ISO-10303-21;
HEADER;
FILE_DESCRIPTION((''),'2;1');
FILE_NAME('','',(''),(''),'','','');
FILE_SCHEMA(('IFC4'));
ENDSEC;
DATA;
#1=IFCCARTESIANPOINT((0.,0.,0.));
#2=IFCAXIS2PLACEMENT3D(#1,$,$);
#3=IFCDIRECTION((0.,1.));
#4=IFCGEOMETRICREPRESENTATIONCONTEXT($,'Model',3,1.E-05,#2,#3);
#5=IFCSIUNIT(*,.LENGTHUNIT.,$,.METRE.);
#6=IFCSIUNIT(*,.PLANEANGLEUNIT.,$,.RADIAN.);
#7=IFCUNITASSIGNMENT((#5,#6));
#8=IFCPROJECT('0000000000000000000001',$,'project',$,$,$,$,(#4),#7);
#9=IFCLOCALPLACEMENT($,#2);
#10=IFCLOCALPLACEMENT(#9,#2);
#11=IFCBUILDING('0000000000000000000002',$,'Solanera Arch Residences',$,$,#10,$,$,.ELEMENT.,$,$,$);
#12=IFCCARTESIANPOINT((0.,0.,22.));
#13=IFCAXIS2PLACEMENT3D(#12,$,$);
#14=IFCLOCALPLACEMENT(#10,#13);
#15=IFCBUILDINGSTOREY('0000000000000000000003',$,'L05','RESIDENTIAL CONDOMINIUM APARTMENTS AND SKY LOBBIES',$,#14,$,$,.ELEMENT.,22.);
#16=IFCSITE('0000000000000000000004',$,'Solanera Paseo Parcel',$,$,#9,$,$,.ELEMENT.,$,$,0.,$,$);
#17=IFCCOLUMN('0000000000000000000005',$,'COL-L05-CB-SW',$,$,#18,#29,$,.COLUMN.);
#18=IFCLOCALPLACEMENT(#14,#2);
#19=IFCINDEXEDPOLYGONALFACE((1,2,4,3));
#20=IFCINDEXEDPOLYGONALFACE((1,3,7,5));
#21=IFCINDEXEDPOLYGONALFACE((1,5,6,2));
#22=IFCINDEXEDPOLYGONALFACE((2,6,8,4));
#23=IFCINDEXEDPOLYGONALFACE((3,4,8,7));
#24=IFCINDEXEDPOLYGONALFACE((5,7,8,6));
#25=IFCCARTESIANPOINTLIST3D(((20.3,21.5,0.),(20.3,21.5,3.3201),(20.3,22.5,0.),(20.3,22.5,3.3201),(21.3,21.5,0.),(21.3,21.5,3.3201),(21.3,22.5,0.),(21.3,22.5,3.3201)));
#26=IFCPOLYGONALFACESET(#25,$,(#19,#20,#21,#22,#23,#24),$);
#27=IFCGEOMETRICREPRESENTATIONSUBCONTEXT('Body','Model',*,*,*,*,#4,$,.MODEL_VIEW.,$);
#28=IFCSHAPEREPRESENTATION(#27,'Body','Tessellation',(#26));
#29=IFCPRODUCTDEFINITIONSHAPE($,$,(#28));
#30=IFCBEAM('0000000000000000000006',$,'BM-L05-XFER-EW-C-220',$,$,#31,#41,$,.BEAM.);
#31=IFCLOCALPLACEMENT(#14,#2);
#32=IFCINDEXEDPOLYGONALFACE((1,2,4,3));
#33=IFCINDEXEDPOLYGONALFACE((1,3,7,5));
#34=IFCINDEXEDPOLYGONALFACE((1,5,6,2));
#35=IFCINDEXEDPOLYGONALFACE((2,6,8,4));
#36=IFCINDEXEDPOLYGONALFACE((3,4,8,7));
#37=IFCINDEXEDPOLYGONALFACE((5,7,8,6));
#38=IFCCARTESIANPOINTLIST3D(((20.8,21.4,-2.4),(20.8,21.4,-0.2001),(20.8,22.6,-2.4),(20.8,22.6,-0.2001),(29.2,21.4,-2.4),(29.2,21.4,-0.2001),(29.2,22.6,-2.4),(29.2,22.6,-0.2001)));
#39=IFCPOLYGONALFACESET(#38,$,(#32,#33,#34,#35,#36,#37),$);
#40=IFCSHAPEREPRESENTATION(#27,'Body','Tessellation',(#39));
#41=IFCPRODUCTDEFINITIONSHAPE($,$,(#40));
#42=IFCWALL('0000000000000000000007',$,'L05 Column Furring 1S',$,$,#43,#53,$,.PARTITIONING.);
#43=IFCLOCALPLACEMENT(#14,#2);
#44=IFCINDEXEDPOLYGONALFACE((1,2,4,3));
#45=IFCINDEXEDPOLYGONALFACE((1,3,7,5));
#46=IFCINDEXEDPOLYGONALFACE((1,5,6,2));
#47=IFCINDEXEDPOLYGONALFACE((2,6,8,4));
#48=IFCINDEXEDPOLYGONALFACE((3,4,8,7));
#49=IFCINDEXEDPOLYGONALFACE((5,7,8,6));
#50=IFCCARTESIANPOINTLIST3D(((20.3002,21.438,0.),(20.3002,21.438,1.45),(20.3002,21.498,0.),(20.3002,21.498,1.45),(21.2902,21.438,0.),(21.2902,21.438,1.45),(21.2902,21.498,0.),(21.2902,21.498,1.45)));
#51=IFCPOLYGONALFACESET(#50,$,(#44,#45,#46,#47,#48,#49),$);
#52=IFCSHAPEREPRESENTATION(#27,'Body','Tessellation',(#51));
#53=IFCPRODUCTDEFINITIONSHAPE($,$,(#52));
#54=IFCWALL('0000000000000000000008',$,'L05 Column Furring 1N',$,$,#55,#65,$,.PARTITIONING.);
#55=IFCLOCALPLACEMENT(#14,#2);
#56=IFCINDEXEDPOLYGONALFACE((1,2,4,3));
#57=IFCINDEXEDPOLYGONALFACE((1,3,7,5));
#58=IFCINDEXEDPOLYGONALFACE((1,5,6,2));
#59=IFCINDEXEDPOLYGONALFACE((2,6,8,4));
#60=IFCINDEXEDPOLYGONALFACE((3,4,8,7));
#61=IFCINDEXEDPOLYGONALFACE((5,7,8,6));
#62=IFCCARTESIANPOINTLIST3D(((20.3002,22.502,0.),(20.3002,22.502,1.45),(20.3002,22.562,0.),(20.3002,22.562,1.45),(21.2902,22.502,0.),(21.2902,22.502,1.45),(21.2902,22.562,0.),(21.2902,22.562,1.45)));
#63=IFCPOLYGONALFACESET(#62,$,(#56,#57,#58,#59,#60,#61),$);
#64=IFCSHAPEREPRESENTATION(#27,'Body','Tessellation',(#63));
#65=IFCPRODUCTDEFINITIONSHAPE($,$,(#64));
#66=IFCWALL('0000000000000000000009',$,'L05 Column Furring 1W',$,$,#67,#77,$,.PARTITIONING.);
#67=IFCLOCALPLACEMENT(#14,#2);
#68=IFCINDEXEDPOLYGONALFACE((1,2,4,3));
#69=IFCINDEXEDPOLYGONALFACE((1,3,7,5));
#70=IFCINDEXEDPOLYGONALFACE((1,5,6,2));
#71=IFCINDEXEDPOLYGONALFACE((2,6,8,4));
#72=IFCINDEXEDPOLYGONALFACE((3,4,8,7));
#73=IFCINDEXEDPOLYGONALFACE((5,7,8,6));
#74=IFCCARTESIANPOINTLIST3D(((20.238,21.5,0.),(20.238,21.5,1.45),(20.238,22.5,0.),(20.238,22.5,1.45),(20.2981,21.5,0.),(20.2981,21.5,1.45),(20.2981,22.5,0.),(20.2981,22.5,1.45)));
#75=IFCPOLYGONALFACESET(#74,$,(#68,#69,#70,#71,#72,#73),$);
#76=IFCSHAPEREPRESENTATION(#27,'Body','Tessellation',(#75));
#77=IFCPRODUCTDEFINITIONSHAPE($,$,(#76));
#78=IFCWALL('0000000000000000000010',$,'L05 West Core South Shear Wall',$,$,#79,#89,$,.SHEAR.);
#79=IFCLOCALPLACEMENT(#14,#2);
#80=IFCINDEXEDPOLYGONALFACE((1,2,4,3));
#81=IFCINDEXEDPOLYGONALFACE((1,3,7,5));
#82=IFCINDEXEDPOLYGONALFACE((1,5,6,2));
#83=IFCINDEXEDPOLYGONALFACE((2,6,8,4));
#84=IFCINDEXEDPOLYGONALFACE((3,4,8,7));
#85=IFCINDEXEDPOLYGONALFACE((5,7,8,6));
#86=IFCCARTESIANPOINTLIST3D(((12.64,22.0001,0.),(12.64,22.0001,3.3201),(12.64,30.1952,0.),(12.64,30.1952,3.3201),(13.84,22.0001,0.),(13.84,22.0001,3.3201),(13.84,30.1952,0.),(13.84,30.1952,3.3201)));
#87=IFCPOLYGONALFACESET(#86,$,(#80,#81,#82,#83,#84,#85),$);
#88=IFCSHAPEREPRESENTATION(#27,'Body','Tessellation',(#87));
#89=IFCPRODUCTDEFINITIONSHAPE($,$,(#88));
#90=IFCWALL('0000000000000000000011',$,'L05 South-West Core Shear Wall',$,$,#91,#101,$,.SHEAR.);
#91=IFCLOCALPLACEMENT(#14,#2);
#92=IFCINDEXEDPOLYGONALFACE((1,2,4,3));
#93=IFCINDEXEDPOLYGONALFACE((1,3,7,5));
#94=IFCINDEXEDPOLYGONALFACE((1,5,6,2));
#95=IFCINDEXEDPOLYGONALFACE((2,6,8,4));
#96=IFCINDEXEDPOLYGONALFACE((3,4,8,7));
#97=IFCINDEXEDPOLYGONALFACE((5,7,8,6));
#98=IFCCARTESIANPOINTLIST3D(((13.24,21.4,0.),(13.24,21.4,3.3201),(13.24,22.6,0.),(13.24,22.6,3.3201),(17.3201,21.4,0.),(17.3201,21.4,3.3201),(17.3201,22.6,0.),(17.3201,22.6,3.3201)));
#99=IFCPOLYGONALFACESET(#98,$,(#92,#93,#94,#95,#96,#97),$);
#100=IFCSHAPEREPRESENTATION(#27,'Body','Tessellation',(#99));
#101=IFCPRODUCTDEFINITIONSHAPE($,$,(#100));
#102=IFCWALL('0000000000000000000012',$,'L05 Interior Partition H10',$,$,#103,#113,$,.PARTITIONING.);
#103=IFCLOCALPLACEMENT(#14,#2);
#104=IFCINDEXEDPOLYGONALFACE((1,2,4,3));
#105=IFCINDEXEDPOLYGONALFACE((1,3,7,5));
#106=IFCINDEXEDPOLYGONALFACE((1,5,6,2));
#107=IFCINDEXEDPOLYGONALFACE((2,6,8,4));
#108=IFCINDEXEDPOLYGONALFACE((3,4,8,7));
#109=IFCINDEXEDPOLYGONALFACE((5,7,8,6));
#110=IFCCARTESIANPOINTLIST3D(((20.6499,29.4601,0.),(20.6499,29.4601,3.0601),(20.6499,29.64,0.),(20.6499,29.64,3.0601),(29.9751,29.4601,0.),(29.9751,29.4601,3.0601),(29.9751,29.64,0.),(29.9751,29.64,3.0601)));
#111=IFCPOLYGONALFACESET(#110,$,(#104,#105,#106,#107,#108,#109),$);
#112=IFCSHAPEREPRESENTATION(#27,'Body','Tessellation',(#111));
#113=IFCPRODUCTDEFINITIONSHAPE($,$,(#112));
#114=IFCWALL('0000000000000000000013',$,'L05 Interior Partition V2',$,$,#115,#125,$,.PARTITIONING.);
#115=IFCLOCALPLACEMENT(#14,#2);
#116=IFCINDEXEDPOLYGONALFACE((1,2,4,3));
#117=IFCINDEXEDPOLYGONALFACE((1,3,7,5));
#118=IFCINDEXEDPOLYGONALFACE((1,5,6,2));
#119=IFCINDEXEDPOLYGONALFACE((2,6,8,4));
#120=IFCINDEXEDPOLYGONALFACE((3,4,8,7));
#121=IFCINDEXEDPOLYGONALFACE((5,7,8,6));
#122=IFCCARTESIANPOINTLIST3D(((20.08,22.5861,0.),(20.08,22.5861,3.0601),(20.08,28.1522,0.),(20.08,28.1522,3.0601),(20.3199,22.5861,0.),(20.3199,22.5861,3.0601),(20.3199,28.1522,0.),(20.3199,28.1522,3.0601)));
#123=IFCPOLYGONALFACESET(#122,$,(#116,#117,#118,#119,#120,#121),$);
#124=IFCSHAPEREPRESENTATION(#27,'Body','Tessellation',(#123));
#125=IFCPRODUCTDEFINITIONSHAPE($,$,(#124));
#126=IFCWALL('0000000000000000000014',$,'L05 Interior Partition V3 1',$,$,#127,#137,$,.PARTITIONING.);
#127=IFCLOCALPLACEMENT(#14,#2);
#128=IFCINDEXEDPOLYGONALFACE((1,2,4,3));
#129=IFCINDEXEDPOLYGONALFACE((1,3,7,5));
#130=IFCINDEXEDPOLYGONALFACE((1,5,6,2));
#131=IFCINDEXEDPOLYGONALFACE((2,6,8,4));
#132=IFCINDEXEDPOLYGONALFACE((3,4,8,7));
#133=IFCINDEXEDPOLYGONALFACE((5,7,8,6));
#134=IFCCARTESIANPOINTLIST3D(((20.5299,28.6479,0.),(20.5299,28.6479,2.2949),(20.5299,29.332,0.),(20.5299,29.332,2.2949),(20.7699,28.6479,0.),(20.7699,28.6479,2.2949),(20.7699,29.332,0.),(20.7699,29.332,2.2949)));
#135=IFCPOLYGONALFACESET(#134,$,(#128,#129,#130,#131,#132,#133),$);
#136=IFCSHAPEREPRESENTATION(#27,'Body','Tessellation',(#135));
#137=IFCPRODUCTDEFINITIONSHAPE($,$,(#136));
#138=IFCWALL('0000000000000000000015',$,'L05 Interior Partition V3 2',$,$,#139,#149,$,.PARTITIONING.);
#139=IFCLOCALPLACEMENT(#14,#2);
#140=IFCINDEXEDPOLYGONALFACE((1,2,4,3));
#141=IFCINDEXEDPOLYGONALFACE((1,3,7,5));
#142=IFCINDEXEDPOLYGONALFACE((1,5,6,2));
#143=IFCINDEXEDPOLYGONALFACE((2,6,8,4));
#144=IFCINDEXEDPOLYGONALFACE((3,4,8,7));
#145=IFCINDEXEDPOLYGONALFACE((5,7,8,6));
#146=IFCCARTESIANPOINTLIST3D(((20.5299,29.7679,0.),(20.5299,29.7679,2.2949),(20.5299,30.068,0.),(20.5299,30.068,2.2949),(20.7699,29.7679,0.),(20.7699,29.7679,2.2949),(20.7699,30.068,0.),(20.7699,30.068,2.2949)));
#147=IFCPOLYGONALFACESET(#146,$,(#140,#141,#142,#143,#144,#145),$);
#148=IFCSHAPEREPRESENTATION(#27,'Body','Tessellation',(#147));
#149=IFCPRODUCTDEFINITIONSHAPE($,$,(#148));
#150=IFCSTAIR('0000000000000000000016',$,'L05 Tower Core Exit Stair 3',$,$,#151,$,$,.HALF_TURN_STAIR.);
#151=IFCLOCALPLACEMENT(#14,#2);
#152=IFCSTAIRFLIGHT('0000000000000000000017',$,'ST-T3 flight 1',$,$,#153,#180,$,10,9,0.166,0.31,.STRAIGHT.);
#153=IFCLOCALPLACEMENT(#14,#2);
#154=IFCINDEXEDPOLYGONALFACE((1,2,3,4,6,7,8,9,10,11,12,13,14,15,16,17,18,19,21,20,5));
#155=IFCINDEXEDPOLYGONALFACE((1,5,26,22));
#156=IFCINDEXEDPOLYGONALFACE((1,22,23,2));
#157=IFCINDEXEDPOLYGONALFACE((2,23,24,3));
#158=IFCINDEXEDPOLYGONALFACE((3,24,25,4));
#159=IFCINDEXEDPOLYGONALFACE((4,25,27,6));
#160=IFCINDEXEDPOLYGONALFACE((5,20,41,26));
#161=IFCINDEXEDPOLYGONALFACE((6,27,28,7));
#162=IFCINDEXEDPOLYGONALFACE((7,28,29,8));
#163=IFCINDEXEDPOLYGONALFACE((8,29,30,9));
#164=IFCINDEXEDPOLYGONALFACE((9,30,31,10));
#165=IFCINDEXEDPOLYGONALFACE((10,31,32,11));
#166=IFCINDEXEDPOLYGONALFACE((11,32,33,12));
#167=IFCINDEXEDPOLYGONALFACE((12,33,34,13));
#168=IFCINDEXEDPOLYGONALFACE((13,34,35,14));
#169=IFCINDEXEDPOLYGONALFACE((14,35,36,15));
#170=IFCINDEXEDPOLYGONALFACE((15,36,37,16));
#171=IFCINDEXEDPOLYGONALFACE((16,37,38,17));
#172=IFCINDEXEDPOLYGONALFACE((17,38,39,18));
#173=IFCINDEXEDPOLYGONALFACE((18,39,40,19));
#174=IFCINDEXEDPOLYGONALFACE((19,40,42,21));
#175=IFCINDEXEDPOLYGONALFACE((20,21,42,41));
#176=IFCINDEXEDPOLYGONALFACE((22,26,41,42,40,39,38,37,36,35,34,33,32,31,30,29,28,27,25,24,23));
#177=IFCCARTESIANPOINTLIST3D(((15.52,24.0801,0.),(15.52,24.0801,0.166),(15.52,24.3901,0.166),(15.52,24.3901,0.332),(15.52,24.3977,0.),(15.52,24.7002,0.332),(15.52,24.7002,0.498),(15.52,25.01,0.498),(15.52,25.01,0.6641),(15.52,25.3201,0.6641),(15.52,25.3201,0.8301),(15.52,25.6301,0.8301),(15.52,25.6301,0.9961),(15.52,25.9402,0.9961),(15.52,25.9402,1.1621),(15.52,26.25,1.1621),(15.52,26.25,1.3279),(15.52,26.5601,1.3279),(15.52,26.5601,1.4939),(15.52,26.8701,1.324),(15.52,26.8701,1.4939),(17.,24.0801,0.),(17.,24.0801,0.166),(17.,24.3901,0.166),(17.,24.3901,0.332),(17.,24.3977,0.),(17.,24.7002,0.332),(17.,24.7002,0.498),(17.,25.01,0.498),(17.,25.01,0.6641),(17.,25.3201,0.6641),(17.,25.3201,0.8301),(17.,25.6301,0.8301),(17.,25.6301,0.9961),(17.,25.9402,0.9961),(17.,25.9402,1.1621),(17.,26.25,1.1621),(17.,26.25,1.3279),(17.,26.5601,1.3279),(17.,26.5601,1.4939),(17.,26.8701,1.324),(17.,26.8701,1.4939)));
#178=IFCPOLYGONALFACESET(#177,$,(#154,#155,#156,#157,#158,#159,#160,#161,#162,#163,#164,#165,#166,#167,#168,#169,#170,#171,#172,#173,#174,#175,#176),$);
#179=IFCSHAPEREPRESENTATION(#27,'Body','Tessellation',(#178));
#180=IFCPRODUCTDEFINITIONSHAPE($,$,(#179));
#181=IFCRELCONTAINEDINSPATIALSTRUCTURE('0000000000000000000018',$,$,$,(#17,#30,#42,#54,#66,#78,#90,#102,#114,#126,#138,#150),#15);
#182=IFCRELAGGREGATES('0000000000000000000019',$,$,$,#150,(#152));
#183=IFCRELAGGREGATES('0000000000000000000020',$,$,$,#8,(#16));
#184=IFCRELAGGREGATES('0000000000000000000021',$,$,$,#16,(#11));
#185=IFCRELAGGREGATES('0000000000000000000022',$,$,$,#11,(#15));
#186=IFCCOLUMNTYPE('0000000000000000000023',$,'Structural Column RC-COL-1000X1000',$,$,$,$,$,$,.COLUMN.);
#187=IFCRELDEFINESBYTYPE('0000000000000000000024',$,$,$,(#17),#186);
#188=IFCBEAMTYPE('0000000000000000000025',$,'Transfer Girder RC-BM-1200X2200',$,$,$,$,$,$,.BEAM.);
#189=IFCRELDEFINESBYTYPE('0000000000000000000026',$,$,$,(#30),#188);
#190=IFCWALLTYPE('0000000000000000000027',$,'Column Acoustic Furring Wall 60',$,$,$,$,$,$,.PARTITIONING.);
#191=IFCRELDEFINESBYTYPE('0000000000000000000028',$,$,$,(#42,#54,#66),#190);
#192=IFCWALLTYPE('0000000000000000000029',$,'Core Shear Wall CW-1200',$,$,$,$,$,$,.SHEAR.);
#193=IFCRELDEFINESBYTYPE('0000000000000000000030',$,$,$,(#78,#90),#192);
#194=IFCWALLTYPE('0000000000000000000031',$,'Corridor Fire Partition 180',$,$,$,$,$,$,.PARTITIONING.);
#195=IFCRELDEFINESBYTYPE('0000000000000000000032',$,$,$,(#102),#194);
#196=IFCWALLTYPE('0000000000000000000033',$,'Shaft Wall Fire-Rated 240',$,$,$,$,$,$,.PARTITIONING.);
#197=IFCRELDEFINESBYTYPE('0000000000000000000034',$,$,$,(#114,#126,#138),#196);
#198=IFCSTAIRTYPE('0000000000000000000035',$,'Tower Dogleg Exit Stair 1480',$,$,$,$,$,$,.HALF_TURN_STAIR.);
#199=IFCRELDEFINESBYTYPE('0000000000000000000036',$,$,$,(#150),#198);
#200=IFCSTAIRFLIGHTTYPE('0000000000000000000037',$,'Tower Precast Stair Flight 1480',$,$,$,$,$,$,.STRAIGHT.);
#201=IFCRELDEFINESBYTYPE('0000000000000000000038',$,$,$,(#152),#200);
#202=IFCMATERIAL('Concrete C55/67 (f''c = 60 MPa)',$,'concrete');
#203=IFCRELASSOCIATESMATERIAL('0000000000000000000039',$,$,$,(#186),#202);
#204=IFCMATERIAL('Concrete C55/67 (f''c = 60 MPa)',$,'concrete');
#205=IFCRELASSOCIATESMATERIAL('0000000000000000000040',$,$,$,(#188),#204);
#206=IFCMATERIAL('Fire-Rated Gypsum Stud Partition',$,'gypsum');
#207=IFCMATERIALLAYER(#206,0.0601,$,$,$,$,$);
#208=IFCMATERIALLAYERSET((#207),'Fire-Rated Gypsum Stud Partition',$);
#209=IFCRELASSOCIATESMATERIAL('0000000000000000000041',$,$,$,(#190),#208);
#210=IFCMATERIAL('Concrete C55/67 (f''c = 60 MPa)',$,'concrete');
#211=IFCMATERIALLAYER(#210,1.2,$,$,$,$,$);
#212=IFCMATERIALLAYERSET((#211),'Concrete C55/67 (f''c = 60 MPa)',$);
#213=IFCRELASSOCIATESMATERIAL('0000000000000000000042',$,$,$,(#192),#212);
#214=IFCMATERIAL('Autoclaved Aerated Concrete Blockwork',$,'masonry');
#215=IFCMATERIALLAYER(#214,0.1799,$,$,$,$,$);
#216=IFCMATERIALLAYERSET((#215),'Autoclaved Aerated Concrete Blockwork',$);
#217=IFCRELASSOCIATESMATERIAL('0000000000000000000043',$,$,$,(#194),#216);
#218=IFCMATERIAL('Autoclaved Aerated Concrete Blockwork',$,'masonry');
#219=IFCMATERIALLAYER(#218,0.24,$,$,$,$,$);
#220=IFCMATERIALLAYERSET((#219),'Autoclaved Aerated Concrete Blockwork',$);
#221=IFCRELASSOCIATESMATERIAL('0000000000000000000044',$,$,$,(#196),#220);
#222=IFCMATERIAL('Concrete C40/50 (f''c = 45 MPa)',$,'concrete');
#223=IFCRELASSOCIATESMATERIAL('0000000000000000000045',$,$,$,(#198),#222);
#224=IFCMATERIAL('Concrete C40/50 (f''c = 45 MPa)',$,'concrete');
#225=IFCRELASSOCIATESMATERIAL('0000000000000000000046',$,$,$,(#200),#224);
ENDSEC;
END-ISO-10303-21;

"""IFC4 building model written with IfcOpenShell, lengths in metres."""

from ifc_helpers import new_model, si_unit, direction, frame, frame_2d, origin, origin_2d, place, context, subcontext, project, spatial, polyline, rectangle, outline, extrude, material, layer, layer_set, material_profile, profile_set, type_object, element, aggregate, save


model = new_model("IFC4")

# Units and contexts
model_context = context("Model", 3, precision=1e-05, world=origin(), true_north=direction((0.0, 1.0)))
body_context = subcontext(model_context, "Body", "Model", "MODEL_VIEW")
ifc_project = project(units=[si_unit("LENGTHUNIT", "METRE"), si_unit("PLANEANGLEUNIT", "RADIAN")], contexts=[model_context])

# Site, building, storey
site_placement = place(None, origin())
site = spatial("IfcSite", under=ifc_project, at=site_placement, Name="Solanera Paseo Parcel", CompositionType="ELEMENT", RefElevation=0.0)
building_placement = place(site_placement, origin())
building = spatial("IfcBuilding", under=site, at=building_placement, Name="Solanera Arch Residences", CompositionType="ELEMENT")
storey_placement = place(building_placement, frame((0.0, 0.0, 22.0)))
storey = spatial("IfcBuildingStorey", under=building, at=storey_placement, Name="L05", Description="RESIDENTIAL CONDOMINIUM APARTMENTS AND SKY LOBBIES", CompositionType="ELEMENT", Elevation=22.0)

# Column
ifc_material_1 = material(Name="Concrete C55/67 (f'c = 60 MPa)", Category="concrete")
ifc_material_profile_1 = material_profile(ifc_material_1, rectangle(XDim=1.0, YDim=1.0, at=origin_2d()))
ifc_profile_set_1 = profile_set([ifc_material_profile_1], Name="Concrete C55/67 (f'c = 60 MPa)")
column_type = type_object("IfcColumnType", Name="Structural Column RC-COL-1000X1000", PredefinedType="COLUMN", material=ifc_profile_set_1)
column_placement = place(storey_placement, frame((20.8, 22.0, 0.0), z_axis=(0.0, 0.0, 1.0), x_axis=(1.0, 0.0, 0.0)))
element("IfcColumn", 1, at=column_placement, inside=storey, type_object=column_type, Name="COL-L05-CB-SW", PredefinedType="COLUMN", context=body_context, shape_type="SweptSolid", body=[
    extrude(rectangle(XDim=1.0, YDim=1.0, at=origin_2d()), origin(), (0.0, 0.0, 1.0), 3.3201),
])

# Beam
ifc_material_2 = material(Name="Concrete C55/67 (f'c = 60 MPa)", Category="concrete")
ifc_material_profile_2 = material_profile(ifc_material_2, rectangle(XDim=1.2, YDim=2.2, at=origin_2d()))
ifc_profile_set_2 = profile_set([ifc_material_profile_2], Name="Concrete C55/67 (f'c = 60 MPa)")
beam_type = type_object("IfcBeamType", Name="Transfer Girder RC-BM-1200X2200", PredefinedType="BEAM", material=ifc_profile_set_2)
beam_placement = place(storey_placement, frame((20.8, 22.0, -1.3), z_axis=(1.0, 0.0, 0.0), x_axis=(0.0, 1.0, 0.0)))
element("IfcBeam", 2, at=beam_placement, inside=storey, type_object=beam_type, Name="BM-L05-XFER-EW-C-220", PredefinedType="BEAM", context=body_context, shape_type="SweptSolid", body=[
    extrude(rectangle(XDim=1.2, YDim=2.2, at=origin_2d()), origin(), (0.0, 0.0, 1.0), 8.3999),
])

# Walls
ifc_material_3 = material(Name="Fire-Rated Gypsum Stud Partition", Category="gypsum")
ifc_layer_1 = layer(ifc_material_3, 0.0601)
ifc_layer_set_1 = layer_set([ifc_layer_1], Name="Fire-Rated Gypsum Stud Partition")
wall_type_1 = type_object("IfcWallType", Name="Column Acoustic Furring Wall 60", PredefinedType="PARTITIONING", material=ifc_layer_set_1)
for number, where, z_axis, x_axis, name in (
    (3, (20.3, 21.468, 0.0), (0.0, 0.0, 1.0), (1.0, 0.0, 0.0), "L05 Column Furring 1S"),
    (4, (20.3, 22.532, 0.0), (0.0, 0.0, 1.0), (1.0, 0.0, 0.0), "L05 Column Furring 1N"),
):
    element("IfcWall", number, at=place(storey_placement, frame(where, z_axis=z_axis, x_axis=x_axis)), inside=storey, type_object=wall_type_1, Name=name, PredefinedType="PARTITIONING", context=body_context, shape_type="SweptSolid", body=[
        extrude(rectangle(XDim=0.99, YDim=0.0601, at=frame_2d((0.4951, 0.0))), origin(), (0.0, 0.0, 1.0), 1.45),
    ])
wall_1_placement = place(storey_placement, frame((20.2681, 21.5, 0.0), z_axis=(0.0, 0.0, 1.0), x_axis=(0.0, 1.0, 0.0)))
element("IfcWall", 5, at=wall_1_placement, inside=storey, type_object=wall_type_1, Name="L05 Column Furring 1W", PredefinedType="PARTITIONING", context=body_context, shape_type="SweptSolid", body=[
    extrude(rectangle(XDim=1.0, YDim=0.0601, at=frame_2d((0.5, 0.0))), origin(), (0.0, 0.0, 1.0), 1.45),
])
ifc_material_4 = material(Name="Concrete C55/67 (f'c = 60 MPa)", Category="concrete")
ifc_layer_2 = layer(ifc_material_4, 1.2)
ifc_layer_set_2 = layer_set([ifc_layer_2], Name="Concrete C55/67 (f'c = 60 MPa)")
wall_type_2 = type_object("IfcWallType", Name="Core Shear Wall CW-1200", PredefinedType="SHEAR", material=ifc_layer_set_2)
wall_2_placement = place(storey_placement, frame((13.24, 22.0, 0.0), z_axis=(0.0, 0.0, 1.0), x_axis=(0.0, 1.0, 0.0)))
element("IfcWall", 6, at=wall_2_placement, inside=storey, type_object=wall_type_2, Name="L05 West Core South Shear Wall", PredefinedType="SHEAR", context=body_context, shape_type="SweptSolid", body=[
    extrude(rectangle(XDim=8.1951, YDim=1.2, at=frame_2d((4.0977, 0.0))), origin(), (0.0, 0.0, 1.0), 3.3201),
])
wall_3_placement = place(storey_placement, frame((13.24, 22.0, 0.0), z_axis=(0.0, 0.0, 1.0), x_axis=(1.0, 0.0, 0.0)))
element("IfcWall", 7, at=wall_3_placement, inside=storey, type_object=wall_type_2, Name="L05 South-West Core Shear Wall", PredefinedType="SHEAR", context=body_context, shape_type="SweptSolid", body=[
    extrude(rectangle(XDim=4.0801, YDim=1.2, at=frame_2d((2.04, 0.0))), origin(), (0.0, 0.0, 1.0), 3.3201),
])

# Wall
ifc_material_5 = material(Name="Autoclaved Aerated Concrete Blockwork", Category="masonry")
ifc_layer_3 = layer(ifc_material_5, 0.1799)
ifc_layer_set_3 = layer_set([ifc_layer_3], Name="Autoclaved Aerated Concrete Blockwork")
wall_type_3 = type_object("IfcWallType", Name="Corridor Fire Partition 180", PredefinedType="PARTITIONING", material=ifc_layer_set_3)
wall_4_placement = place(storey_placement, frame((20.6499, 29.55, 0.0), z_axis=(0.0, 0.0, 1.0), x_axis=(1.0, 0.0, 0.0)))
element("IfcWall", 8, at=wall_4_placement, inside=storey, type_object=wall_type_3, Name="L05 Interior Partition H10", PredefinedType="PARTITIONING", context=body_context, shape_type="SweptSolid", body=[
    extrude(rectangle(XDim=9.3252, YDim=0.1799, at=frame_2d((4.6626, 0.0))), origin(), (0.0, 0.0, 1.0), 3.0601),
])

# Shared definitions
ifc_material_6 = material(Name="Autoclaved Aerated Concrete Blockwork", Category="masonry")
ifc_layer_4 = layer(ifc_material_6, 0.24)
ifc_layer_set_4 = layer_set([ifc_layer_4], Name="Autoclaved Aerated Concrete Blockwork")
wall_type_4 = type_object("IfcWallType", Name="Shaft Wall Fire-Rated 240", PredefinedType="PARTITIONING", material=ifc_layer_set_4)

# Walls
wall_5_placement = place(storey_placement, frame((20.2, 22.5859, 0.0), z_axis=(0.0, 0.0, 1.0), x_axis=(0.0, 1.0, 0.0)))
element("IfcWall", 9, at=wall_5_placement, inside=storey, type_object=wall_type_4, Name="L05 Interior Partition V2", PredefinedType="PARTITIONING", context=body_context, shape_type="SweptSolid", body=[
    extrude(rectangle(XDim=5.5662, YDim=0.24, at=frame_2d((2.7832, 0.0))), origin(), (0.0, 0.0, 1.0), 3.0601),
])
wall_6_placement = place(storey_placement, frame((20.6499, 28.6479, 0.0), z_axis=(0.0, 0.0, 1.0), x_axis=(0.0, 1.0, 0.0)))
element("IfcWall", 10, at=wall_6_placement, inside=storey, type_object=wall_type_4, Name="L05 Interior Partition V3 1", PredefinedType="PARTITIONING", context=body_context, shape_type="SweptSolid", body=[
    extrude(rectangle(XDim=0.6841, YDim=0.24, at=frame_2d((0.342, 0.0))), origin(), (0.0, 0.0, 1.0), 2.2949),
])
wall_7_placement = place(storey_placement, frame((20.6499, 29.7681, 0.0), z_axis=(0.0, 0.0, 1.0), x_axis=(0.0, 1.0, 0.0)))
element("IfcWall", 11, at=wall_7_placement, inside=storey, type_object=wall_type_4, Name="L05 Interior Partition V3 2", PredefinedType="PARTITIONING", context=body_context, shape_type="SweptSolid", body=[
    extrude(rectangle(XDim=0.3, YDim=0.24, at=frame_2d((0.1499, 0.0))), origin(), (0.0, 0.0, 1.0), 2.2949),
])

# Stair, stair flight
ifc_material_7 = material(Name="Concrete C40/50 (f'c = 45 MPa)", Category="concrete")
stair_type = type_object("IfcStairType", Name="Tower Dogleg Exit Stair 1480", PredefinedType="HALF_TURN_STAIR", material=ifc_material_7)
stair_placement = place(storey_placement, origin())
stair = element("IfcStair", 12, at=stair_placement, inside=storey, type_object=stair_type, Name="L05 Tower Core Exit Stair 3", PredefinedType="HALF_TURN_STAIR")
ifc_material_8 = material(Name="Concrete C40/50 (f'c = 45 MPa)", Category="concrete")
stair_flight_type = type_object("IfcStairFlightType", Name="Tower Precast Stair Flight 1480", PredefinedType="STRAIGHT", material=ifc_material_8)
stair_flight_1_placement = place(storey_placement, frame((16.26, 24.0801, 0.0), z_axis=(0.0, 0.0, 1.0), x_axis=(0.0, 1.0, 0.0)))
stair_flight_1 = element("IfcStairFlight", 13, at=stair_flight_1_placement, type_object=stair_flight_type, Name="ST-T3 flight 1", NumberOfRisers=10, NumberOfTreads=9, PredefinedType="STRAIGHT", RiserHeight=0.166, TreadLength=0.31, context=body_context, shape_type="SweptSolid", body=[
    extrude(outline(polyline([(0.0, 0.0), (0.0, 0.166), (0.3101, 0.166), (0.3101, 0.332), (0.6201, 0.332), (0.6201, 0.498), (0.9299, 0.498), (0.9299, 0.6641), (1.24, 0.6641), (1.24, 0.8301), (1.55, 0.8301), (1.55, 0.9961), (1.8601, 0.9961), (1.8601, 1.1621), (2.1699, 1.1621), (2.1699, 1.3279), (2.48, 1.3279), (2.48, 1.4939), (2.79, 1.4939), (2.79, 1.6599), (2.79, 1.324), (0.3176, 0.0), (0.0, 0.0)])), frame((0.0, 0.74, 0.0), z_axis=(0.0, -1.0, 0.0), x_axis=(1.0, 0.0, 0.0)), (0.0, 0.0, 1.0), 1.48),
])
aggregate(stair, [stair_flight_1])

save(model, "model.ifc")
